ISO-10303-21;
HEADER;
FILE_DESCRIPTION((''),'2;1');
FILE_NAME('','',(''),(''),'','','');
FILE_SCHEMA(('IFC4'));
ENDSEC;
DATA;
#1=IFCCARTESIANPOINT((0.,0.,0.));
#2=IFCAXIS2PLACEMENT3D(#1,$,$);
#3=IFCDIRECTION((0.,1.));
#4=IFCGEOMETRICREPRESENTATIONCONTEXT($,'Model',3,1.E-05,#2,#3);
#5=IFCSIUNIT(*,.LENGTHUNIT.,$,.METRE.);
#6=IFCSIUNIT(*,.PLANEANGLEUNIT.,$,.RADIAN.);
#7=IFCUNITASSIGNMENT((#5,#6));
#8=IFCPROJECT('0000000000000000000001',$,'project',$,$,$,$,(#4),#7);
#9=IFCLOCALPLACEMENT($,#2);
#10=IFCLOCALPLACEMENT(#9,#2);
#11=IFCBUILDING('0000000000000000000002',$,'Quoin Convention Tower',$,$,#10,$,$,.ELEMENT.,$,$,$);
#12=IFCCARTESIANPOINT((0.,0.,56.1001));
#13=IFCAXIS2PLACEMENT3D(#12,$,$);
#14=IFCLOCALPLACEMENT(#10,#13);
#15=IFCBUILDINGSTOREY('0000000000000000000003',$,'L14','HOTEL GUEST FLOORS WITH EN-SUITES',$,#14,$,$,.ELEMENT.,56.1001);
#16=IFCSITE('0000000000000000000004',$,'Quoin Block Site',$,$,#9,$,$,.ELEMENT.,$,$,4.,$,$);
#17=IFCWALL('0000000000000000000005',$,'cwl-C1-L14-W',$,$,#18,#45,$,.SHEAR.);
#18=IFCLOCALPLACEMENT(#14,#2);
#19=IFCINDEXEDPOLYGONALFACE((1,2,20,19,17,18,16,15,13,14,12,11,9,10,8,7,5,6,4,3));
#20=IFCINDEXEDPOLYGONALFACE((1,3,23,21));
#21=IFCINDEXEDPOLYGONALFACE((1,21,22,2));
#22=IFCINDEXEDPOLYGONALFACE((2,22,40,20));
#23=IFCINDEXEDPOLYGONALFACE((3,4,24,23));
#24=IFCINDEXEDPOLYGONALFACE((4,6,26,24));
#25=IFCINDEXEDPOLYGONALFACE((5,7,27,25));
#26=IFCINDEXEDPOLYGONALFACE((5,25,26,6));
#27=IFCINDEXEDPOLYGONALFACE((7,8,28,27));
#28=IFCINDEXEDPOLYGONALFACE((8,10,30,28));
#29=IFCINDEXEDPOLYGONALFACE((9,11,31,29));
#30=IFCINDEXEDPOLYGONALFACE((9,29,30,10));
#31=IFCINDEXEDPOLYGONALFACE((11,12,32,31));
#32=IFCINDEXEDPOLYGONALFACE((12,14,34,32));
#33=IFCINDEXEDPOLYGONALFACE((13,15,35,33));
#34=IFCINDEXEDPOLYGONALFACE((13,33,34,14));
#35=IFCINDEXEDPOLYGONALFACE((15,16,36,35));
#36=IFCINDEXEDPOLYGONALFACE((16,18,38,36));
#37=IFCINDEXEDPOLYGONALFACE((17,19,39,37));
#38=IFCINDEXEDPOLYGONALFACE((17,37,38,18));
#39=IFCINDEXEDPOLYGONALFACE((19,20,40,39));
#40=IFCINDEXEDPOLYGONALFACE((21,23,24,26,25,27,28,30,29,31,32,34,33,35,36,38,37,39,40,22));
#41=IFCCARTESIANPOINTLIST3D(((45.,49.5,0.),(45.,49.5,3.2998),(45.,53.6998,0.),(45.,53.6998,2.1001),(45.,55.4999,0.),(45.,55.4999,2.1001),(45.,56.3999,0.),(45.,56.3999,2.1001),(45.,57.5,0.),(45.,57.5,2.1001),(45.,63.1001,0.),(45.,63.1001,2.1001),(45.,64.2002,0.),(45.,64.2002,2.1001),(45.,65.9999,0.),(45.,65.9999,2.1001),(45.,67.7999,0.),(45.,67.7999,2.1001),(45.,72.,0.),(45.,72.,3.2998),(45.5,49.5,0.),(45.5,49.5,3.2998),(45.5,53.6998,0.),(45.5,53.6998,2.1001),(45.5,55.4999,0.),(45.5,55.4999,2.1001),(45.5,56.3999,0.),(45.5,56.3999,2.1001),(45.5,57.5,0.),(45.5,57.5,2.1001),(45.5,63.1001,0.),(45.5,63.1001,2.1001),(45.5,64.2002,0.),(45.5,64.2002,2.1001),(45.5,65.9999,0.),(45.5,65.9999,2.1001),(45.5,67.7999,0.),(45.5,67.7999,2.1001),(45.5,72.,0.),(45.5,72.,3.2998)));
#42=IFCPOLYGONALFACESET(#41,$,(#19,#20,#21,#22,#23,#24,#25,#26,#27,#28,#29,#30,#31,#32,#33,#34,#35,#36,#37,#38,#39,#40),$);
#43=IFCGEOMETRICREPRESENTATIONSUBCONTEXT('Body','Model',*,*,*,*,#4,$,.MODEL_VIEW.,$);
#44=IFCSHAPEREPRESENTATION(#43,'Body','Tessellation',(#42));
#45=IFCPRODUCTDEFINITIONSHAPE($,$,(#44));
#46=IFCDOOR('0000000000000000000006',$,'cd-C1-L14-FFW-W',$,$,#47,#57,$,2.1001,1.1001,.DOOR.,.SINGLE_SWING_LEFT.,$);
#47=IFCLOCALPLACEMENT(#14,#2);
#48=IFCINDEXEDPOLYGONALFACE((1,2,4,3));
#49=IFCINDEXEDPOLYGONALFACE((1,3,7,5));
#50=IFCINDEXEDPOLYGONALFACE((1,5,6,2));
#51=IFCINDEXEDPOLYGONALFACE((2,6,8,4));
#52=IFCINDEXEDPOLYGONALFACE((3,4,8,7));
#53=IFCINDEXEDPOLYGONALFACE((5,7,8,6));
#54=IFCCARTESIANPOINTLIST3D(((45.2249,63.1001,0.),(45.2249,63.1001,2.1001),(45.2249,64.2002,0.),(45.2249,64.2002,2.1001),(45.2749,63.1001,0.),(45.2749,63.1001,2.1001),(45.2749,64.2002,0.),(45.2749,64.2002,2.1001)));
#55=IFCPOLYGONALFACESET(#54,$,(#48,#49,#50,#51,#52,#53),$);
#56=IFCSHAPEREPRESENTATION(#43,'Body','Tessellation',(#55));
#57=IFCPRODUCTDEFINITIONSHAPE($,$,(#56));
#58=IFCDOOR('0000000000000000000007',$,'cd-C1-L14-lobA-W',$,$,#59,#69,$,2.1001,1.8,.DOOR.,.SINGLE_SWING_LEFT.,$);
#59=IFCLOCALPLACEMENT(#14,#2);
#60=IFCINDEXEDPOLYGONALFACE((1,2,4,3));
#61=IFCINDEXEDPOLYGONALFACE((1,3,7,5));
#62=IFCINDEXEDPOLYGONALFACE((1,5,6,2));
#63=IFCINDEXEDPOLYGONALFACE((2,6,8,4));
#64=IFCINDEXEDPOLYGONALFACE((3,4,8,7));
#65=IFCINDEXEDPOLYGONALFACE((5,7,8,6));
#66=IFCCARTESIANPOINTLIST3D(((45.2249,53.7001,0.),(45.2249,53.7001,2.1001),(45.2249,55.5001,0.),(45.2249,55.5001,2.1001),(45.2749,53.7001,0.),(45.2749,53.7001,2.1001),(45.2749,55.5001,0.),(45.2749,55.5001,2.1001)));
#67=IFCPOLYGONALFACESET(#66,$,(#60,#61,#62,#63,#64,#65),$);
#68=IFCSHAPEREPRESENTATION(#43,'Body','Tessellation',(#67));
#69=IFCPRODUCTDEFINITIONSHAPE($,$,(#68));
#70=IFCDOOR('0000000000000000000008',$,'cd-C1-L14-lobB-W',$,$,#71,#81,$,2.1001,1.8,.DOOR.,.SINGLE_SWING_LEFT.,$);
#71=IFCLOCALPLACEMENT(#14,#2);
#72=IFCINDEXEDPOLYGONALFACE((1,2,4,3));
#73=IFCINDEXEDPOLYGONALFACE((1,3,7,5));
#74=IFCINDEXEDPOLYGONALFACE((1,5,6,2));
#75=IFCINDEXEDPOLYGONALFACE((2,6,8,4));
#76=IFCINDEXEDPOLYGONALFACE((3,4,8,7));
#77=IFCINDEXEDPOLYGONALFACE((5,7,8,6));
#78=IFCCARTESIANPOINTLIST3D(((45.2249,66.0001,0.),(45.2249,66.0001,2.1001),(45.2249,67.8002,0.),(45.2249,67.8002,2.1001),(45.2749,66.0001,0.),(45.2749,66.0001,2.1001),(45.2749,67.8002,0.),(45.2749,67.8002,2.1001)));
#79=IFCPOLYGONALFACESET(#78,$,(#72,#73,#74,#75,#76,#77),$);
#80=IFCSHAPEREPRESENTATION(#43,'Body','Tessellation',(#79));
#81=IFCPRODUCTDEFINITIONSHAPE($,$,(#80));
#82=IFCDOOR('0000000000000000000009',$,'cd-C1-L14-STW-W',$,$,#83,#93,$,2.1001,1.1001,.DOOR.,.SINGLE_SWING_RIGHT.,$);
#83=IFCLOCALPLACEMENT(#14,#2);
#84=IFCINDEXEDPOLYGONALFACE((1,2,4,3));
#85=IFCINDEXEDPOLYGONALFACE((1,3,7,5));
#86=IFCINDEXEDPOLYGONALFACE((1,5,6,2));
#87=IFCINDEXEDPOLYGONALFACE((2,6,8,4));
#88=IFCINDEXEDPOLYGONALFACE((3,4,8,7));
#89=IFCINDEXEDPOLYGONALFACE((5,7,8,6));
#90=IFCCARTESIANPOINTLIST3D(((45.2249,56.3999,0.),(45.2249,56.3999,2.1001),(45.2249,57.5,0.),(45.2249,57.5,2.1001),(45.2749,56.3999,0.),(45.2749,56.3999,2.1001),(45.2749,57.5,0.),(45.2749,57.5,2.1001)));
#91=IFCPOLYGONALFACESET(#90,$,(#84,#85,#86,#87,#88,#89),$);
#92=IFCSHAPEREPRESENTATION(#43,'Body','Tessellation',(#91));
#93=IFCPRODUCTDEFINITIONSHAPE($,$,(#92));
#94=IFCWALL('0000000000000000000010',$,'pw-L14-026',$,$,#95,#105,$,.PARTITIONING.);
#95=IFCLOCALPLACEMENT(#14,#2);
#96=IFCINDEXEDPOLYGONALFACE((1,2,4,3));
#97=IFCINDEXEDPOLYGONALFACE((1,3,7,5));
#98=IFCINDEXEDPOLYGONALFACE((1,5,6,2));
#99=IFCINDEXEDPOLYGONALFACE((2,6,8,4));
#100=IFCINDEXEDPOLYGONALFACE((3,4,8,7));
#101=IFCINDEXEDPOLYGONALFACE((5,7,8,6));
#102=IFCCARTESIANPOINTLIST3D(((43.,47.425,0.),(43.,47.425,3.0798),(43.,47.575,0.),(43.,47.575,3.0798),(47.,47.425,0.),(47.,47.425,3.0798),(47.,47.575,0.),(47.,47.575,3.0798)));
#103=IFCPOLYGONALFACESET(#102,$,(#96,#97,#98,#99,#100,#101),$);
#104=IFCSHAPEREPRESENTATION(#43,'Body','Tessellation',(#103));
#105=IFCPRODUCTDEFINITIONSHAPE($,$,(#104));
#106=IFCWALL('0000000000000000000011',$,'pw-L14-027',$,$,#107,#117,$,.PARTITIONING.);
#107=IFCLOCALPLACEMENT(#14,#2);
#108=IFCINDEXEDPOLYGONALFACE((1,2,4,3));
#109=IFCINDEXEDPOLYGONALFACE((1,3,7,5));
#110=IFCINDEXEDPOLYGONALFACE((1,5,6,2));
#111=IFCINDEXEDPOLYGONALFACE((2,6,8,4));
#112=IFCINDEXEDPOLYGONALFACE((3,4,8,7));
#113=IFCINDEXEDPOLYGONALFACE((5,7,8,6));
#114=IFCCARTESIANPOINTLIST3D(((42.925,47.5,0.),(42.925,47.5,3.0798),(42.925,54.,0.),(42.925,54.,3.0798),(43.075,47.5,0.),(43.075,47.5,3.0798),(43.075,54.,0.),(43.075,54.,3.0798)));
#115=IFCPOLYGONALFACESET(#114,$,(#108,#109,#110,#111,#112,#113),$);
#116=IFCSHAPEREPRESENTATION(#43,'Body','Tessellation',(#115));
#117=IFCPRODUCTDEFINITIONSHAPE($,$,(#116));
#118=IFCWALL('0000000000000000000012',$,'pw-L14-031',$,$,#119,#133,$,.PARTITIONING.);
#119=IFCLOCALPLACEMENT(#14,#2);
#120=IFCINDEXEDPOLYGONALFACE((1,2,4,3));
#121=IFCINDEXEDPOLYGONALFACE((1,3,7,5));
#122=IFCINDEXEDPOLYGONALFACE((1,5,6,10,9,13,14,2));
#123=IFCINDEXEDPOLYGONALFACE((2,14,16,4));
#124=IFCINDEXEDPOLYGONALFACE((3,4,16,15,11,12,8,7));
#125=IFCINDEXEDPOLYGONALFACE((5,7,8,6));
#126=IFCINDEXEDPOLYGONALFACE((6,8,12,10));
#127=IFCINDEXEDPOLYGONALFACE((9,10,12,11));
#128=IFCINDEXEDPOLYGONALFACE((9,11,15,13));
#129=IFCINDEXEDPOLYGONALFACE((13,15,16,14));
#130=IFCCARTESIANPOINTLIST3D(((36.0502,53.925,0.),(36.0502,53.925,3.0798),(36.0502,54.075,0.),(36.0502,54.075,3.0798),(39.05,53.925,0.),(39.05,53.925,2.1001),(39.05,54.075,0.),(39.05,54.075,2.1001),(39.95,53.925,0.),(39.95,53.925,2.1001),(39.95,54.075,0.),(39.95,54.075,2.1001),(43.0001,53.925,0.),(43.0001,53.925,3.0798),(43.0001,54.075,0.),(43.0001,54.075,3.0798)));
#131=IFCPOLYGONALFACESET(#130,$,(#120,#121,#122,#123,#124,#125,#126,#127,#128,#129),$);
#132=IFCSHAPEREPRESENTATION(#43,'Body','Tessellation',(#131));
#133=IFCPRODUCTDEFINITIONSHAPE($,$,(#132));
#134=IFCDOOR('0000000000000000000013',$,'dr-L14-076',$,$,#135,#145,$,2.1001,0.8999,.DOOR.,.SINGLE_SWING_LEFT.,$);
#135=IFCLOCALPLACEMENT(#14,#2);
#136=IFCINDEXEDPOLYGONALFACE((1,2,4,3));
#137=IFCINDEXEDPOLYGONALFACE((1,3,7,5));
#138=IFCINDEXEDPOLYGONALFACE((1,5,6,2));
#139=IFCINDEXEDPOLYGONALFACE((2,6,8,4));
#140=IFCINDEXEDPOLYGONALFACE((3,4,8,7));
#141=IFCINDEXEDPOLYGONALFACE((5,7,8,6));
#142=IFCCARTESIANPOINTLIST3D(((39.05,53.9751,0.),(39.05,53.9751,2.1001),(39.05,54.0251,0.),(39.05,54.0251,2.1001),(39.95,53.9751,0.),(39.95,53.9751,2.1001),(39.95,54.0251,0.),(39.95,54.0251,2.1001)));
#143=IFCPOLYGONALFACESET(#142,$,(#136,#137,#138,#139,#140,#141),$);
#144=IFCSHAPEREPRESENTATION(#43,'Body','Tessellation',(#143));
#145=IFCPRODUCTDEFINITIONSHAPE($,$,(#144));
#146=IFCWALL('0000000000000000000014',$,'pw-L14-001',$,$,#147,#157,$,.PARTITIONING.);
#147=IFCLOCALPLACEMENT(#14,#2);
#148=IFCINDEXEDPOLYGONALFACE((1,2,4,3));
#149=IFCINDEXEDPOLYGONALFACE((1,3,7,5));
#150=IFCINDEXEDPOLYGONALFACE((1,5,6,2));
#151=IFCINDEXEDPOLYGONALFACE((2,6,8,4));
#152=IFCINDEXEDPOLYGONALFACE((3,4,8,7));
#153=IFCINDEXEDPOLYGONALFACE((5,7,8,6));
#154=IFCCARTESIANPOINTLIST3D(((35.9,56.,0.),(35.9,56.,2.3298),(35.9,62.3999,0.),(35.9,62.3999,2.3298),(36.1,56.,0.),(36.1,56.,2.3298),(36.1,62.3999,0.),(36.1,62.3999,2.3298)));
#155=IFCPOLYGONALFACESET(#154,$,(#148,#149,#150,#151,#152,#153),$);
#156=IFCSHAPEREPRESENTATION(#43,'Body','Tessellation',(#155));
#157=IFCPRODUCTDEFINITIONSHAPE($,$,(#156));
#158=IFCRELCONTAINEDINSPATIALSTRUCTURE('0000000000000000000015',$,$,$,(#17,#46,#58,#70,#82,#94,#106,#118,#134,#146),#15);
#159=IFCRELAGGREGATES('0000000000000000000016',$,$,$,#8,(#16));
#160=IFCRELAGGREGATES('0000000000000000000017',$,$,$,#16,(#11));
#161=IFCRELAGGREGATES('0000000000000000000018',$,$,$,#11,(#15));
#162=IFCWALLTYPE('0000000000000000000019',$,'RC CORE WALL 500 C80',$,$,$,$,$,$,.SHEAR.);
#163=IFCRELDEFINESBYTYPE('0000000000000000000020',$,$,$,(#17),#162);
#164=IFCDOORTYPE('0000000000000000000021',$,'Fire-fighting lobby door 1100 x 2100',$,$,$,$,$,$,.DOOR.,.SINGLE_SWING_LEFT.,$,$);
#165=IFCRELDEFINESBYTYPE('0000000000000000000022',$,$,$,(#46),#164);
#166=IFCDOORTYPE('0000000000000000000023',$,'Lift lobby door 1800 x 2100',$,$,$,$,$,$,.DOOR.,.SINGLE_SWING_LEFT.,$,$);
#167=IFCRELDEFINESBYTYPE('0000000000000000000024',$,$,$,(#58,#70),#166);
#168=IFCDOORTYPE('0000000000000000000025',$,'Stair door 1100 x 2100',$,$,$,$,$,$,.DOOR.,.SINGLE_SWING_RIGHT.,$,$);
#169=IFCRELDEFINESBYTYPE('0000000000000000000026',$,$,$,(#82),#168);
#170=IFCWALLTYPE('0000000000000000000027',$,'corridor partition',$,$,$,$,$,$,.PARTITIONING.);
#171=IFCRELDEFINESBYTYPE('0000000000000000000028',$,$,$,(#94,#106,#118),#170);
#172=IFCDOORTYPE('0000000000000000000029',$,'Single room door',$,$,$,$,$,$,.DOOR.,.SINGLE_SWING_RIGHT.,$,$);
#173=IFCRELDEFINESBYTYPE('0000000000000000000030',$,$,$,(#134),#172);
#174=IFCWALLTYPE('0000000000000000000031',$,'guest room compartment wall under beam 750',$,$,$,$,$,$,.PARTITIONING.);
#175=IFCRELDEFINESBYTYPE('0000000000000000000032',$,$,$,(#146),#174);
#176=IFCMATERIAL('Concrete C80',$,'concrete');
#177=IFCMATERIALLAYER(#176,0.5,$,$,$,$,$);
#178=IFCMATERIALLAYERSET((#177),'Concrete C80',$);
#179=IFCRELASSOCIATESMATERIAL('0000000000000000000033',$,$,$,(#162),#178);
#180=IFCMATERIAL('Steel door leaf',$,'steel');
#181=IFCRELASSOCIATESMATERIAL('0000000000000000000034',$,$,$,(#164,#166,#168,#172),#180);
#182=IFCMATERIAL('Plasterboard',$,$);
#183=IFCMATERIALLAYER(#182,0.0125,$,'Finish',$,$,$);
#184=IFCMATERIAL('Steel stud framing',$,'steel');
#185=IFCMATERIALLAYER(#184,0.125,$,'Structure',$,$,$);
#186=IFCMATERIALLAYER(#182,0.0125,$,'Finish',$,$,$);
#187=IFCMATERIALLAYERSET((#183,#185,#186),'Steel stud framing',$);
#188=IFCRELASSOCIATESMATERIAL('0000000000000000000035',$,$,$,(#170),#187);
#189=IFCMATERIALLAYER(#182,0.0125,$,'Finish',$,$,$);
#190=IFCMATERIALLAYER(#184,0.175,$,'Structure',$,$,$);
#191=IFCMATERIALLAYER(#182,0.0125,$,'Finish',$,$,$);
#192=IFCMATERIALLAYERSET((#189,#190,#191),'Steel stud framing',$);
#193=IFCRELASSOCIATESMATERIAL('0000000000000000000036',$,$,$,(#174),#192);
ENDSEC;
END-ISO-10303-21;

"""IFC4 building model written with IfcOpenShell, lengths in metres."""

from ifc_helpers import new_model, si_unit, direction, frame, frame_2d, origin, place, context, subcontext, project, spatial, rectangle, extrude, material, layer, layer_set, type_object, element, fill, save


model = new_model("IFC4")

# Units and contexts
model_context = context("Model", 3, precision=1e-05, world=origin(), true_north=direction((0.0, 1.0)))
body_context = subcontext(model_context, "Body", "Model", "MODEL_VIEW")
ifc_project = project(units=[si_unit("LENGTHUNIT", "METRE"), si_unit("PLANEANGLEUNIT", "RADIAN")], contexts=[model_context])

# Site, building, storey
site_placement = place(None, origin())
site = spatial("IfcSite", under=ifc_project, at=site_placement, Name="Quoin Block Site", CompositionType="ELEMENT", RefElevation=4.0)
building_placement = place(site_placement, origin())
building = spatial("IfcBuilding", under=site, at=building_placement, Name="Quoin Convention Tower", CompositionType="ELEMENT")
storey_placement = place(building_placement, frame((0.0, 0.0, 56.1001)))
storey = spatial("IfcBuildingStorey", under=building, at=storey_placement, Name="L14", Description="HOTEL GUEST FLOORS WITH EN-SUITES", CompositionType="ELEMENT", Elevation=56.1001)

# Shared definitions
ifc_material_1 = material(Name="Concrete C80", Category="concrete")

# Shared definitions
ifc_material_2 = material(Name="Plasterboard")
ifc_material_3 = material(Name="Steel stud framing", Category="steel")
ifc_material_4 = material(Name="Steel door leaf", Category="steel")

# Shared definitions
ifc_layer_1 = layer(ifc_material_1, 0.5)
ifc_layer_set_1 = layer_set([ifc_layer_1], Name="Concrete C80")
wall_type_1 = type_object("IfcWallType", Name="RC CORE WALL 500 C80", PredefinedType="SHEAR", material=ifc_layer_set_1)

# Wall, openings, doors
wall_1_placement = place(storey_placement, frame((45.25, 49.5, 0.0), z_axis=(0.0, 0.0, 1.0), x_axis=(0.0, 1.0, 0.0)))
wall_1 = element("IfcWall", 1, at=wall_1_placement, inside=storey, type_object=wall_type_1, Name="cwl-C1-L14-W", PredefinedType="SHEAR", context=body_context, shape_type="SweptSolid", body=[
    extrude(rectangle(XDim=22.5, YDim=0.5, at=frame_2d((11.25, 0.0))), origin(), (0.0, 0.0, 1.0), 3.2998),
])
opening_1_placement = place(wall_1_placement, frame((4.2, 0.0, 0.0)))
opening_1 = element("IfcOpeningElement", 2, at=opening_1_placement, cuts=wall_1, PredefinedType="OPENING", context=body_context, shape_type="SweptSolid", body=[
    extrude(rectangle(XDim=1.8, YDim=2.1001, at=frame_2d((0.8999, 1.05))), frame((0.0, 0.26, 0.0), z_axis=(0.0, -1.0, 0.0), x_axis=(1.0, 0.0, 0.0)), (0.0, 0.0, 1.0), 0.52),
])
opening_2_placement = place(wall_1_placement, frame((6.8999, 0.0, 0.0)))
opening_2 = element("IfcOpeningElement", 3, at=opening_2_placement, cuts=wall_1, PredefinedType="OPENING", context=body_context, shape_type="SweptSolid", body=[
    extrude(rectangle(XDim=1.1001, YDim=2.1001, at=frame_2d((0.55, 1.05))), frame((0.0, 0.26, 0.0), z_axis=(0.0, -1.0, 0.0), x_axis=(1.0, 0.0, 0.0)), (0.0, 0.0, 1.0), 0.52),
])
opening_3_placement = place(wall_1_placement, frame((13.6001, 0.0, 0.0)))
opening_3 = element("IfcOpeningElement", 4, at=opening_3_placement, cuts=wall_1, PredefinedType="OPENING", context=body_context, shape_type="SweptSolid", body=[
    extrude(rectangle(XDim=1.1001, YDim=2.1001, at=frame_2d((0.55, 1.05))), frame((0.0, 0.26, 0.0), z_axis=(0.0, -1.0, 0.0), x_axis=(1.0, 0.0, 0.0)), (0.0, 0.0, 1.0), 0.52),
])
opening_4_placement = place(wall_1_placement, frame((16.5, 0.0, 0.0)))
opening_4 = element("IfcOpeningElement", 5, at=opening_4_placement, cuts=wall_1, PredefinedType="OPENING", context=body_context, shape_type="SweptSolid", body=[
    extrude(rectangle(XDim=1.8, YDim=2.1001, at=frame_2d((0.8999, 1.05))), frame((0.0, 0.26, 0.0), z_axis=(0.0, -1.0, 0.0), x_axis=(1.0, 0.0, 0.0)), (0.0, 0.0, 1.0), 0.52),
])
door_type_1 = type_object("IfcDoorType", Name="Fire-fighting lobby door 1100 x 2100", OperationType="SINGLE_SWING_LEFT", PredefinedType="DOOR", material=ifc_material_4)
door_1_placement = place(opening_3_placement, frame((1.1001, 0.0, 0.0), z_axis=(0.0, 0.0, 1.0), x_axis=(-1.0, 0.0, 0.0)))
door_1 = element("IfcDoor", 6, at=door_1_placement, inside=storey, type_object=door_type_1, Name="cd-C1-L14-FFW-W", OperationType="SINGLE_SWING_LEFT", OverallHeight=2.1001, OverallWidth=1.1001, PredefinedType="DOOR", context=body_context, shape_type="SweptSolid", body=[
    extrude(rectangle(XDim=1.1001, YDim=2.1001, at=frame_2d((0.55, 1.05))), frame((0.0, 0.0249, 0.0), z_axis=(0.0, -1.0, 0.0), x_axis=(1.0, 0.0, 0.0)), (0.0, 0.0, 1.0), 0.05),
])
fill(opening_3, door_1)
door_type_2 = type_object("IfcDoorType", Name="Lift lobby door 1800 x 2100", OperationType="SINGLE_SWING_LEFT", PredefinedType="DOOR", material=ifc_material_4)
door_2_placement = place(opening_1_placement, frame((1.8, 0.0, 0.0), z_axis=(0.0, 0.0, 1.0), x_axis=(-1.0, 0.0, 0.0)))
door_2 = element("IfcDoor", 7, at=door_2_placement, inside=storey, type_object=door_type_2, Name="cd-C1-L14-lobA-W", OperationType="SINGLE_SWING_LEFT", OverallHeight=2.1001, OverallWidth=1.8, PredefinedType="DOOR", context=body_context, shape_type="SweptSolid", body=[
    extrude(rectangle(XDim=1.8, YDim=2.1001, at=frame_2d((0.8999, 1.05))), frame((0.0, 0.0249, 0.0), z_axis=(0.0, -1.0, 0.0), x_axis=(1.0, 0.0, 0.0)), (0.0, 0.0, 1.0), 0.05),
])
fill(opening_1, door_2)
door_3_placement = place(opening_4_placement, frame((1.8, 0.0, 0.0), z_axis=(0.0, 0.0, 1.0), x_axis=(-1.0, 0.0, 0.0)))
door_3 = element("IfcDoor", 8, at=door_3_placement, inside=storey, type_object=door_type_2, Name="cd-C1-L14-lobB-W", OperationType="SINGLE_SWING_LEFT", OverallHeight=2.1001, OverallWidth=1.8, PredefinedType="DOOR", context=body_context, shape_type="SweptSolid", body=[
    extrude(rectangle(XDim=1.8, YDim=2.1001, at=frame_2d((0.8999, 1.05))), frame((0.0, 0.0249, 0.0), z_axis=(0.0, -1.0, 0.0), x_axis=(1.0, 0.0, 0.0)), (0.0, 0.0, 1.0), 0.05),
])
fill(opening_4, door_3)
door_type_3 = type_object("IfcDoorType", Name="Stair door 1100 x 2100", OperationType="SINGLE_SWING_RIGHT", PredefinedType="DOOR", material=ifc_material_4)
door_4_placement = place(opening_2_placement, frame((1.1001, 0.0, 0.0), z_axis=(0.0, 0.0, 1.0), x_axis=(-1.0, 0.0, 0.0)))
door_4 = element("IfcDoor", 9, at=door_4_placement, inside=storey, type_object=door_type_3, Name="cd-C1-L14-STW-W", OperationType="SINGLE_SWING_RIGHT", OverallHeight=2.1001, OverallWidth=1.1001, PredefinedType="DOOR", context=body_context, shape_type="SweptSolid", body=[
    extrude(rectangle(XDim=1.1001, YDim=2.1001, at=frame_2d((0.55, 1.05))), frame((0.0, 0.0249, 0.0), z_axis=(0.0, -1.0, 0.0), x_axis=(1.0, 0.0, 0.0)), (0.0, 0.0, 1.0), 0.05),
])
fill(opening_2, door_4)

# Walls
ifc_layer_2 = layer(ifc_material_2, 0.0125, Name="Finish")
ifc_layer_3 = layer(ifc_material_3, 0.125, Name="Structure")
ifc_layer_4 = layer(ifc_material_2, 0.0125, Name="Finish")
ifc_layer_set_2 = layer_set([ifc_layer_2, ifc_layer_3, ifc_layer_4], Name="Steel stud framing")
wall_type_2 = type_object("IfcWallType", Name="corridor partition", PredefinedType="PARTITIONING", material=ifc_layer_set_2)
wall_2_placement = place(storey_placement, frame((43.0, 47.5, 0.0), z_axis=(0.0, 0.0, 1.0), x_axis=(1.0, 0.0, 0.0)))
element("IfcWall", 10, at=wall_2_placement, inside=storey, type_object=wall_type_2, Name="pw-L14-026", PredefinedType="PARTITIONING", context=body_context, shape_type="SweptSolid", body=[
    extrude(rectangle(XDim=4.0, YDim=0.1499, at=frame_2d((2.0, 0.0))), origin(), (0.0, 0.0, 1.0), 3.0798),
])
wall_3_placement = place(storey_placement, frame((43.0, 47.5, 0.0), z_axis=(0.0, 0.0, 1.0), x_axis=(0.0, 1.0, 0.0)))
element("IfcWall", 11, at=wall_3_placement, inside=storey, type_object=wall_type_2, Name="pw-L14-027", PredefinedType="PARTITIONING", context=body_context, shape_type="SweptSolid", body=[
    extrude(rectangle(XDim=6.5, YDim=0.1499, at=frame_2d((3.25, 0.0))), origin(), (0.0, 0.0, 1.0), 3.0798),
])

# Wall, opening, door
wall_4_placement = place(storey_placement, frame((36.05, 54.0, 0.0), z_axis=(0.0, 0.0, 1.0), x_axis=(1.0, 0.0, 0.0)))
wall_4 = element("IfcWall", 12, at=wall_4_placement, inside=storey, type_object=wall_type_2, Name="pw-L14-031", PredefinedType="PARTITIONING", context=body_context, shape_type="SweptSolid", body=[
    extrude(rectangle(XDim=6.95, YDim=0.1499, at=frame_2d((3.4751, 0.0))), origin(), (0.0, 0.0, 1.0), 3.0798),
])
opening_5_placement = place(wall_4_placement, frame((3.0, 0.0, 0.0)))
opening_5 = element("IfcOpeningElement", 13, at=opening_5_placement, cuts=wall_4, PredefinedType="OPENING", context=body_context, shape_type="SweptSolid", body=[
    extrude(rectangle(XDim=0.8999, YDim=2.1001, at=frame_2d((0.45, 1.05))), frame((0.0, 0.085, 0.0), z_axis=(0.0, -1.0, 0.0), x_axis=(1.0, 0.0, 0.0)), (0.0, 0.0, 1.0), 0.1699),
])
door_type_4 = type_object("IfcDoorType", Name="Single room door", OperationType="SINGLE_SWING_RIGHT", PredefinedType="DOOR", material=ifc_material_4)
door_5_placement = place(opening_5_placement, frame((0.8999, 0.0, 0.0), z_axis=(0.0, 0.0, 1.0), x_axis=(-1.0, 0.0, 0.0)))
door_5 = element("IfcDoor", 14, at=door_5_placement, inside=storey, type_object=door_type_4, Name="dr-L14-076", OperationType="SINGLE_SWING_LEFT", OverallHeight=2.1001, OverallWidth=0.8999, PredefinedType="DOOR", context=body_context, shape_type="SweptSolid", body=[
    extrude(rectangle(XDim=0.8999, YDim=2.1001, at=frame_2d((0.45, 1.05))), frame((0.0, 0.0249, 0.0), z_axis=(0.0, -1.0, 0.0), x_axis=(1.0, 0.0, 0.0)), (0.0, 0.0, 1.0), 0.05),
])
fill(opening_5, door_5)

# Wall
ifc_layer_5 = layer(ifc_material_2, 0.0125, Name="Finish")
ifc_layer_6 = layer(ifc_material_3, 0.175, Name="Structure")
ifc_layer_7 = layer(ifc_material_2, 0.0125, Name="Finish")
ifc_layer_set_3 = layer_set([ifc_layer_5, ifc_layer_6, ifc_layer_7], Name="Steel stud framing")
wall_type_3 = type_object("IfcWallType", Name="guest room compartment wall under beam 750", PredefinedType="PARTITIONING", material=ifc_layer_set_3)
wall_5_placement = place(storey_placement, frame((36.0, 56.0, 0.0), z_axis=(0.0, 0.0, 1.0), x_axis=(0.0, 1.0, 0.0)))
element("IfcWall", 15, at=wall_5_placement, inside=storey, type_object=wall_type_3, Name="pw-L14-001", PredefinedType="PARTITIONING", context=body_context, shape_type="SweptSolid", body=[
    extrude(rectangle(XDim=6.3999, YDim=0.2, at=frame_2d((3.2, 0.0))), origin(), (0.0, 0.0, 1.0), 2.3298),
])

save(model, "model.ifc")
